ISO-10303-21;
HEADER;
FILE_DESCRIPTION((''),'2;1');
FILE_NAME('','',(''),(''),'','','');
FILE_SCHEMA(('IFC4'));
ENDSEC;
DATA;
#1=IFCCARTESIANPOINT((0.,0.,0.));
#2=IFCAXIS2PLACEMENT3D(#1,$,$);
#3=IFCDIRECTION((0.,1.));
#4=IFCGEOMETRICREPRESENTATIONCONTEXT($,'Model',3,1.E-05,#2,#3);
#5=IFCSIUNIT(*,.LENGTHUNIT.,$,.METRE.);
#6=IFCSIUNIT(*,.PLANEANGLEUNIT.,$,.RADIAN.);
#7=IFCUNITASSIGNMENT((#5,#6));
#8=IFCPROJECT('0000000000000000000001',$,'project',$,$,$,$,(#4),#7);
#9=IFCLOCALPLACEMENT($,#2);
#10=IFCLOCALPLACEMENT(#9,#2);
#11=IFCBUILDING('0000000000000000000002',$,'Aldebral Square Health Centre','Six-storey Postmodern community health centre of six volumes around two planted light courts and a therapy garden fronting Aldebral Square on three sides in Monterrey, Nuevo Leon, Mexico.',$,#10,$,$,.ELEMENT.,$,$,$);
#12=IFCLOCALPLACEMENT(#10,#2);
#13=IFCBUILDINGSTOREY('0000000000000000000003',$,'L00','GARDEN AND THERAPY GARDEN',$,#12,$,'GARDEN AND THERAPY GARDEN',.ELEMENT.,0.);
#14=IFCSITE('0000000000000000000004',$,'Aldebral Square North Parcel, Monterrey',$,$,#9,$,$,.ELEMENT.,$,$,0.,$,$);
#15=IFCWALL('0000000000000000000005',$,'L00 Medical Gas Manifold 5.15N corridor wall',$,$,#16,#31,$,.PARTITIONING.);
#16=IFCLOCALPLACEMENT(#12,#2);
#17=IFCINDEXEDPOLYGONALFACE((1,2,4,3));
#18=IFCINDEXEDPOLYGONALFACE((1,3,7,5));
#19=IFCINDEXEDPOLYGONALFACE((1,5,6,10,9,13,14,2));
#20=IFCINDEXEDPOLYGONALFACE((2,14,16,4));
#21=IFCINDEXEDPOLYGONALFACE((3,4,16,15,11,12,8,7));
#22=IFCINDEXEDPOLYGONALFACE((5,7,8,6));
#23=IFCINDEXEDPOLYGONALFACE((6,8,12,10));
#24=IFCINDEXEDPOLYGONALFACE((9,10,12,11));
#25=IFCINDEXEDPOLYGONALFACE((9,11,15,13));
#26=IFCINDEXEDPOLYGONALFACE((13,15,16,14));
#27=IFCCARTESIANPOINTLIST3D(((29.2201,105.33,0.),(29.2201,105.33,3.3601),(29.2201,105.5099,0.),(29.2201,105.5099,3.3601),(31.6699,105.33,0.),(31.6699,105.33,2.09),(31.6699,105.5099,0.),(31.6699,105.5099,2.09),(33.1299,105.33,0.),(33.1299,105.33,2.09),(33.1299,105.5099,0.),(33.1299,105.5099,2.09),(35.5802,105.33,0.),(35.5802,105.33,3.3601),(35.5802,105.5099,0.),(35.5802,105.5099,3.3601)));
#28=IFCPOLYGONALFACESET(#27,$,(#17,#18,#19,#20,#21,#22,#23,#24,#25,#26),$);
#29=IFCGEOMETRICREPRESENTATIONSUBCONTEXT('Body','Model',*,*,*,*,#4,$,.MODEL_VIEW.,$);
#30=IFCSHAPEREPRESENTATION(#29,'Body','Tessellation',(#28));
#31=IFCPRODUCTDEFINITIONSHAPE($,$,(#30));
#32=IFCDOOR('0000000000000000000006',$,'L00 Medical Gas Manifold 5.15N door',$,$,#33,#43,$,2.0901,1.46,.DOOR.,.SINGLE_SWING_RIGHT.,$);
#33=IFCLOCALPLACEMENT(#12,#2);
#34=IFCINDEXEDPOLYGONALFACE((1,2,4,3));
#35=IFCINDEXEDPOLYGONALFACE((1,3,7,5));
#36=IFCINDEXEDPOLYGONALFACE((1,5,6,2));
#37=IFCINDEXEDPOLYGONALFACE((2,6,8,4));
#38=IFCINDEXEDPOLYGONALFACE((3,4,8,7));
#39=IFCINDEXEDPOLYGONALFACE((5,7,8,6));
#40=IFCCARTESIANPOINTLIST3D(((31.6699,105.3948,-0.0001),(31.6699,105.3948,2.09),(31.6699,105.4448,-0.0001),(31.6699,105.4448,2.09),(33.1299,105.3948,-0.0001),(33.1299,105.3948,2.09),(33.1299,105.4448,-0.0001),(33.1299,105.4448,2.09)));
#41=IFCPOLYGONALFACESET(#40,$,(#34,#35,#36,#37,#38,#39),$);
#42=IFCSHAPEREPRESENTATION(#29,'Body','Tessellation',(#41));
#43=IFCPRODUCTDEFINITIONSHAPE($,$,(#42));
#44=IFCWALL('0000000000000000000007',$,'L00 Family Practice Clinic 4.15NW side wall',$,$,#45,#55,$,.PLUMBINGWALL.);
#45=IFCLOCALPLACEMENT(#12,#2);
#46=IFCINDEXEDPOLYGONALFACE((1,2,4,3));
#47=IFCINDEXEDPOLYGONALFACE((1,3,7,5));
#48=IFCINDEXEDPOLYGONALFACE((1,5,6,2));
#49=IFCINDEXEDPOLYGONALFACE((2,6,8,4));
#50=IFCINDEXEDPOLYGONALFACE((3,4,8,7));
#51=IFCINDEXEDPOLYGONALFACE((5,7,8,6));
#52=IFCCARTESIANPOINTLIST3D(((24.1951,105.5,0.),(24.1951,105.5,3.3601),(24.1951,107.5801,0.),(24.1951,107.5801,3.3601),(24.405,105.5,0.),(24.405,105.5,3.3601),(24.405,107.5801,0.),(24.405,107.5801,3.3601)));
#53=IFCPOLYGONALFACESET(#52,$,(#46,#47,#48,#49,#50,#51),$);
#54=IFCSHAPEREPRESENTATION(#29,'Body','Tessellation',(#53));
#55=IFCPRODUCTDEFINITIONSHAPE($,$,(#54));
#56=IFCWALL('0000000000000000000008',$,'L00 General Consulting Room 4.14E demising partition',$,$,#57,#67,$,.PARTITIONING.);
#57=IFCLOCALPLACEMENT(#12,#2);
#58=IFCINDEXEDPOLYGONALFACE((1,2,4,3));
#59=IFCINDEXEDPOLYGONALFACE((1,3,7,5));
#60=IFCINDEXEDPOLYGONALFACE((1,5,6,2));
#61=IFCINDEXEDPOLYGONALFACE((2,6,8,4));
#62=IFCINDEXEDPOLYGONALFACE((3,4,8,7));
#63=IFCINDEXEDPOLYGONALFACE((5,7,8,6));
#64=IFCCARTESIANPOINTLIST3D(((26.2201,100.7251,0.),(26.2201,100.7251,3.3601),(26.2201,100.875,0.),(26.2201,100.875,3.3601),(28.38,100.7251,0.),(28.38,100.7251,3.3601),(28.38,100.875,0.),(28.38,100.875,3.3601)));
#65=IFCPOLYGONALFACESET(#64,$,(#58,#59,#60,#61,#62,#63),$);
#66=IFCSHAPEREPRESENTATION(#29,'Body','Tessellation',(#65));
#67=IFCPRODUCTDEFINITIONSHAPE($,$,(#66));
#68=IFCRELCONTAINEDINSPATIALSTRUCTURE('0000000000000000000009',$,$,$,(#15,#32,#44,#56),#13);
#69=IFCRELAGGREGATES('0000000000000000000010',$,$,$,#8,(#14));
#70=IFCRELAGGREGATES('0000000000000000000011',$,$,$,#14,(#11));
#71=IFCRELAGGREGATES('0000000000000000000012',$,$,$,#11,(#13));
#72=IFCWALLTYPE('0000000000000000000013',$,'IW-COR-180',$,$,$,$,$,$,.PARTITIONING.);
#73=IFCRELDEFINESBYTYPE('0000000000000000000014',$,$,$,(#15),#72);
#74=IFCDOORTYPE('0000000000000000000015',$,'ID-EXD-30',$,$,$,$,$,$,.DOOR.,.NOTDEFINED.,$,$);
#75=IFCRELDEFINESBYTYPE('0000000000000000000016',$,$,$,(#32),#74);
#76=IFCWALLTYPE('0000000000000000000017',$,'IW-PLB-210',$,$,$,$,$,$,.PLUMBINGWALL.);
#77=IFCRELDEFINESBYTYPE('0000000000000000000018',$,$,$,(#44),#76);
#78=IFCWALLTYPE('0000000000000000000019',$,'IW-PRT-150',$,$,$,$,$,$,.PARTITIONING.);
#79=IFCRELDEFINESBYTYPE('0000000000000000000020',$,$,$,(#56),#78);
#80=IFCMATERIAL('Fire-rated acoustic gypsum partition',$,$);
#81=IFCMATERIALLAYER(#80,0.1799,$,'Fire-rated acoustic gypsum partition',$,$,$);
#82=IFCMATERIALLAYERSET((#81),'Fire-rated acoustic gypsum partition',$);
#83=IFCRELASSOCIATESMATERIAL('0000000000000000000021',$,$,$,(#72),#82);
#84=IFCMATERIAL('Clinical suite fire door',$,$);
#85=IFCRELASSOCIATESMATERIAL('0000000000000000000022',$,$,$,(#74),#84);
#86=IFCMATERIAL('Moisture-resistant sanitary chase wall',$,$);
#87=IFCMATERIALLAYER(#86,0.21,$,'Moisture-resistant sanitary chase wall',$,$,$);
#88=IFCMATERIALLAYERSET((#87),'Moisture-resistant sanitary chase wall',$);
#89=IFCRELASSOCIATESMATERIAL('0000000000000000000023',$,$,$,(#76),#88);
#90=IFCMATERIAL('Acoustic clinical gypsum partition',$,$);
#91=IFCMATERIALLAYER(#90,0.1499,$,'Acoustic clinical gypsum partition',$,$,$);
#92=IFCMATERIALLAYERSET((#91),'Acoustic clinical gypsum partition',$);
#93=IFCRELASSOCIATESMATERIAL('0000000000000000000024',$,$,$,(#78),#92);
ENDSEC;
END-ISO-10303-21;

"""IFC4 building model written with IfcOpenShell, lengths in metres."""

from ifc_helpers import new_model, si_unit, direction, frame, frame_2d, origin, place, context, subcontext, project, spatial, rectangle, extrude, material, layer, layer_set, type_object, element, fill, save


model = new_model("IFC4")

# Units and contexts
model_context = context("Model", 3, precision=1e-05, world=origin(), true_north=direction((0.0, 1.0)))
body_context = subcontext(model_context, "Body", "Model", "MODEL_VIEW")
ifc_project = project(units=[si_unit("LENGTHUNIT", "METRE"), si_unit("PLANEANGLEUNIT", "RADIAN")], contexts=[model_context])

# Site, building, storey
site_placement = place(None, origin())
site = spatial("IfcSite", under=ifc_project, at=site_placement, Name="Aldebral Square North Parcel, Monterrey", CompositionType="ELEMENT", RefElevation=0.0)
building_placement = place(site_placement, origin())
building = spatial("IfcBuilding", under=site, at=building_placement, Name="Aldebral Square Health Centre", Description="Six-storey Postmodern community health centre of six volumes around two planted light courts and a therapy garden fronting Aldebral Square on three sides in Monterrey, Nuevo Leon, Mexico.", CompositionType="ELEMENT")
storey_placement = place(building_placement, origin())
storey = spatial("IfcBuildingStorey", under=building, at=storey_placement, Name="L00", Description="GARDEN AND THERAPY GARDEN", LongName="GARDEN AND THERAPY GARDEN", CompositionType="ELEMENT", Elevation=0.0)

# Wall, opening, door
ifc_material_1 = material(Name="Fire-rated acoustic gypsum partition")
ifc_layer_1 = layer(ifc_material_1, 0.1799, Name="Fire-rated acoustic gypsum partition")
ifc_layer_set_1 = layer_set([ifc_layer_1], Name="Fire-rated acoustic gypsum partition")
wall_type_1 = type_object("IfcWallType", Name="IW-COR-180", PredefinedType="PARTITIONING", material=ifc_layer_set_1)
ifc_material_2 = material(Name="Clinical suite fire door")
wall_1_placement = place(storey_placement, frame((29.22, 105.4199, 0.0), z_axis=(0.0, 0.0, 1.0), x_axis=(1.0, 0.0, 0.0)))
wall_1 = element("IfcWall", 1, at=wall_1_placement, inside=storey, type_object=wall_type_1, Name="L00 Medical Gas Manifold 5.15N corridor wall", PredefinedType="PARTITIONING", context=body_context, shape_type="SweptSolid", body=[
    extrude(rectangle(XDim=6.3601, YDim=0.1799, at=frame_2d((3.1802, 0.0))), origin(), (0.0, 0.0, 1.0), 3.3601),
])
opening_1_placement = place(wall_1_placement, frame((2.45, 0.0, 0.0)))
opening_1 = element("IfcOpeningElement", 2, at=opening_1_placement, cuts=wall_1, PredefinedType="OPENING", context=body_context, shape_type="SweptSolid", body=[
    extrude(rectangle(XDim=1.46, YDim=2.0901, at=frame_2d((0.73, 1.0449))), frame((0.0, 0.1001, 0.0), z_axis=(0.0, -1.0, 0.0), x_axis=(1.0, 0.0, 0.0)), (0.0, 0.0, 1.0), 0.2),
])
door_type_1 = type_object("IfcDoorType", Name="ID-EXD-30", OperationType="NOTDEFINED", PredefinedType="DOOR", material=ifc_material_2)
door_1_placement = place(opening_1_placement, origin())
door_1 = element("IfcDoor", 3, at=door_1_placement, inside=storey, type_object=door_type_1, Name="L00 Medical Gas Manifold 5.15N door", OperationType="SINGLE_SWING_RIGHT", OverallHeight=2.0901, OverallWidth=1.46, PredefinedType="DOOR", context=body_context, shape_type="SweptSolid", body=[
    extrude(rectangle(XDim=1.46, YDim=2.0901, at=frame_2d((0.73, 1.0449))), frame((0.0, 0.0249, 0.0), z_axis=(0.0, -1.0, 0.0), x_axis=(1.0, 0.0, 0.0)), (0.0, 0.0, 1.0), 0.05),
])
fill(opening_1, door_1)

# Walls
ifc_material_3 = material(Name="Moisture-resistant sanitary chase wall")
ifc_layer_2 = layer(ifc_material_3, 0.21, Name="Moisture-resistant sanitary chase wall")
ifc_layer_set_2 = layer_set([ifc_layer_2], Name="Moisture-resistant sanitary chase wall")
wall_type_2 = type_object("IfcWallType", Name="IW-PLB-210", PredefinedType="PLUMBINGWALL", material=ifc_layer_set_2)
wall_2_placement = place(storey_placement, frame((24.3, 105.5, 0.0), z_axis=(0.0, 0.0, 1.0), x_axis=(0.0, 1.0, 0.0)))
element("IfcWall", 4, at=wall_2_placement, inside=storey, type_object=wall_type_2, Name="L00 Family Practice Clinic 4.15NW side wall", PredefinedType="PLUMBINGWALL", context=body_context, shape_type="SweptSolid", body=[
    extrude(rectangle(XDim=2.0801, YDim=0.21, at=frame_2d((1.04, 0.0))), origin(), (0.0, 0.0, 1.0), 3.3601),
])
ifc_material_4 = material(Name="Acoustic clinical gypsum partition")
ifc_layer_3 = layer(ifc_material_4, 0.1499, Name="Acoustic clinical gypsum partition")
ifc_layer_set_3 = layer_set([ifc_layer_3], Name="Acoustic clinical gypsum partition")
wall_type_3 = type_object("IfcWallType", Name="IW-PRT-150", PredefinedType="PARTITIONING", material=ifc_layer_set_3)
wall_3_placement = place(storey_placement, frame((26.22, 100.8, 0.0), z_axis=(0.0, 0.0, 1.0), x_axis=(1.0, 0.0, 0.0)))
element("IfcWall", 5, at=wall_3_placement, inside=storey, type_object=wall_type_3, Name="L00 General Consulting Room 4.14E demising partition", PredefinedType="PARTITIONING", context=body_context, shape_type="SweptSolid", body=[
    extrude(rectangle(XDim=2.1599, YDim=0.1499, at=frame_2d((1.0801, 0.0))), origin(), (0.0, 0.0, 1.0), 3.3601),
])

save(model, "model.ifc")
